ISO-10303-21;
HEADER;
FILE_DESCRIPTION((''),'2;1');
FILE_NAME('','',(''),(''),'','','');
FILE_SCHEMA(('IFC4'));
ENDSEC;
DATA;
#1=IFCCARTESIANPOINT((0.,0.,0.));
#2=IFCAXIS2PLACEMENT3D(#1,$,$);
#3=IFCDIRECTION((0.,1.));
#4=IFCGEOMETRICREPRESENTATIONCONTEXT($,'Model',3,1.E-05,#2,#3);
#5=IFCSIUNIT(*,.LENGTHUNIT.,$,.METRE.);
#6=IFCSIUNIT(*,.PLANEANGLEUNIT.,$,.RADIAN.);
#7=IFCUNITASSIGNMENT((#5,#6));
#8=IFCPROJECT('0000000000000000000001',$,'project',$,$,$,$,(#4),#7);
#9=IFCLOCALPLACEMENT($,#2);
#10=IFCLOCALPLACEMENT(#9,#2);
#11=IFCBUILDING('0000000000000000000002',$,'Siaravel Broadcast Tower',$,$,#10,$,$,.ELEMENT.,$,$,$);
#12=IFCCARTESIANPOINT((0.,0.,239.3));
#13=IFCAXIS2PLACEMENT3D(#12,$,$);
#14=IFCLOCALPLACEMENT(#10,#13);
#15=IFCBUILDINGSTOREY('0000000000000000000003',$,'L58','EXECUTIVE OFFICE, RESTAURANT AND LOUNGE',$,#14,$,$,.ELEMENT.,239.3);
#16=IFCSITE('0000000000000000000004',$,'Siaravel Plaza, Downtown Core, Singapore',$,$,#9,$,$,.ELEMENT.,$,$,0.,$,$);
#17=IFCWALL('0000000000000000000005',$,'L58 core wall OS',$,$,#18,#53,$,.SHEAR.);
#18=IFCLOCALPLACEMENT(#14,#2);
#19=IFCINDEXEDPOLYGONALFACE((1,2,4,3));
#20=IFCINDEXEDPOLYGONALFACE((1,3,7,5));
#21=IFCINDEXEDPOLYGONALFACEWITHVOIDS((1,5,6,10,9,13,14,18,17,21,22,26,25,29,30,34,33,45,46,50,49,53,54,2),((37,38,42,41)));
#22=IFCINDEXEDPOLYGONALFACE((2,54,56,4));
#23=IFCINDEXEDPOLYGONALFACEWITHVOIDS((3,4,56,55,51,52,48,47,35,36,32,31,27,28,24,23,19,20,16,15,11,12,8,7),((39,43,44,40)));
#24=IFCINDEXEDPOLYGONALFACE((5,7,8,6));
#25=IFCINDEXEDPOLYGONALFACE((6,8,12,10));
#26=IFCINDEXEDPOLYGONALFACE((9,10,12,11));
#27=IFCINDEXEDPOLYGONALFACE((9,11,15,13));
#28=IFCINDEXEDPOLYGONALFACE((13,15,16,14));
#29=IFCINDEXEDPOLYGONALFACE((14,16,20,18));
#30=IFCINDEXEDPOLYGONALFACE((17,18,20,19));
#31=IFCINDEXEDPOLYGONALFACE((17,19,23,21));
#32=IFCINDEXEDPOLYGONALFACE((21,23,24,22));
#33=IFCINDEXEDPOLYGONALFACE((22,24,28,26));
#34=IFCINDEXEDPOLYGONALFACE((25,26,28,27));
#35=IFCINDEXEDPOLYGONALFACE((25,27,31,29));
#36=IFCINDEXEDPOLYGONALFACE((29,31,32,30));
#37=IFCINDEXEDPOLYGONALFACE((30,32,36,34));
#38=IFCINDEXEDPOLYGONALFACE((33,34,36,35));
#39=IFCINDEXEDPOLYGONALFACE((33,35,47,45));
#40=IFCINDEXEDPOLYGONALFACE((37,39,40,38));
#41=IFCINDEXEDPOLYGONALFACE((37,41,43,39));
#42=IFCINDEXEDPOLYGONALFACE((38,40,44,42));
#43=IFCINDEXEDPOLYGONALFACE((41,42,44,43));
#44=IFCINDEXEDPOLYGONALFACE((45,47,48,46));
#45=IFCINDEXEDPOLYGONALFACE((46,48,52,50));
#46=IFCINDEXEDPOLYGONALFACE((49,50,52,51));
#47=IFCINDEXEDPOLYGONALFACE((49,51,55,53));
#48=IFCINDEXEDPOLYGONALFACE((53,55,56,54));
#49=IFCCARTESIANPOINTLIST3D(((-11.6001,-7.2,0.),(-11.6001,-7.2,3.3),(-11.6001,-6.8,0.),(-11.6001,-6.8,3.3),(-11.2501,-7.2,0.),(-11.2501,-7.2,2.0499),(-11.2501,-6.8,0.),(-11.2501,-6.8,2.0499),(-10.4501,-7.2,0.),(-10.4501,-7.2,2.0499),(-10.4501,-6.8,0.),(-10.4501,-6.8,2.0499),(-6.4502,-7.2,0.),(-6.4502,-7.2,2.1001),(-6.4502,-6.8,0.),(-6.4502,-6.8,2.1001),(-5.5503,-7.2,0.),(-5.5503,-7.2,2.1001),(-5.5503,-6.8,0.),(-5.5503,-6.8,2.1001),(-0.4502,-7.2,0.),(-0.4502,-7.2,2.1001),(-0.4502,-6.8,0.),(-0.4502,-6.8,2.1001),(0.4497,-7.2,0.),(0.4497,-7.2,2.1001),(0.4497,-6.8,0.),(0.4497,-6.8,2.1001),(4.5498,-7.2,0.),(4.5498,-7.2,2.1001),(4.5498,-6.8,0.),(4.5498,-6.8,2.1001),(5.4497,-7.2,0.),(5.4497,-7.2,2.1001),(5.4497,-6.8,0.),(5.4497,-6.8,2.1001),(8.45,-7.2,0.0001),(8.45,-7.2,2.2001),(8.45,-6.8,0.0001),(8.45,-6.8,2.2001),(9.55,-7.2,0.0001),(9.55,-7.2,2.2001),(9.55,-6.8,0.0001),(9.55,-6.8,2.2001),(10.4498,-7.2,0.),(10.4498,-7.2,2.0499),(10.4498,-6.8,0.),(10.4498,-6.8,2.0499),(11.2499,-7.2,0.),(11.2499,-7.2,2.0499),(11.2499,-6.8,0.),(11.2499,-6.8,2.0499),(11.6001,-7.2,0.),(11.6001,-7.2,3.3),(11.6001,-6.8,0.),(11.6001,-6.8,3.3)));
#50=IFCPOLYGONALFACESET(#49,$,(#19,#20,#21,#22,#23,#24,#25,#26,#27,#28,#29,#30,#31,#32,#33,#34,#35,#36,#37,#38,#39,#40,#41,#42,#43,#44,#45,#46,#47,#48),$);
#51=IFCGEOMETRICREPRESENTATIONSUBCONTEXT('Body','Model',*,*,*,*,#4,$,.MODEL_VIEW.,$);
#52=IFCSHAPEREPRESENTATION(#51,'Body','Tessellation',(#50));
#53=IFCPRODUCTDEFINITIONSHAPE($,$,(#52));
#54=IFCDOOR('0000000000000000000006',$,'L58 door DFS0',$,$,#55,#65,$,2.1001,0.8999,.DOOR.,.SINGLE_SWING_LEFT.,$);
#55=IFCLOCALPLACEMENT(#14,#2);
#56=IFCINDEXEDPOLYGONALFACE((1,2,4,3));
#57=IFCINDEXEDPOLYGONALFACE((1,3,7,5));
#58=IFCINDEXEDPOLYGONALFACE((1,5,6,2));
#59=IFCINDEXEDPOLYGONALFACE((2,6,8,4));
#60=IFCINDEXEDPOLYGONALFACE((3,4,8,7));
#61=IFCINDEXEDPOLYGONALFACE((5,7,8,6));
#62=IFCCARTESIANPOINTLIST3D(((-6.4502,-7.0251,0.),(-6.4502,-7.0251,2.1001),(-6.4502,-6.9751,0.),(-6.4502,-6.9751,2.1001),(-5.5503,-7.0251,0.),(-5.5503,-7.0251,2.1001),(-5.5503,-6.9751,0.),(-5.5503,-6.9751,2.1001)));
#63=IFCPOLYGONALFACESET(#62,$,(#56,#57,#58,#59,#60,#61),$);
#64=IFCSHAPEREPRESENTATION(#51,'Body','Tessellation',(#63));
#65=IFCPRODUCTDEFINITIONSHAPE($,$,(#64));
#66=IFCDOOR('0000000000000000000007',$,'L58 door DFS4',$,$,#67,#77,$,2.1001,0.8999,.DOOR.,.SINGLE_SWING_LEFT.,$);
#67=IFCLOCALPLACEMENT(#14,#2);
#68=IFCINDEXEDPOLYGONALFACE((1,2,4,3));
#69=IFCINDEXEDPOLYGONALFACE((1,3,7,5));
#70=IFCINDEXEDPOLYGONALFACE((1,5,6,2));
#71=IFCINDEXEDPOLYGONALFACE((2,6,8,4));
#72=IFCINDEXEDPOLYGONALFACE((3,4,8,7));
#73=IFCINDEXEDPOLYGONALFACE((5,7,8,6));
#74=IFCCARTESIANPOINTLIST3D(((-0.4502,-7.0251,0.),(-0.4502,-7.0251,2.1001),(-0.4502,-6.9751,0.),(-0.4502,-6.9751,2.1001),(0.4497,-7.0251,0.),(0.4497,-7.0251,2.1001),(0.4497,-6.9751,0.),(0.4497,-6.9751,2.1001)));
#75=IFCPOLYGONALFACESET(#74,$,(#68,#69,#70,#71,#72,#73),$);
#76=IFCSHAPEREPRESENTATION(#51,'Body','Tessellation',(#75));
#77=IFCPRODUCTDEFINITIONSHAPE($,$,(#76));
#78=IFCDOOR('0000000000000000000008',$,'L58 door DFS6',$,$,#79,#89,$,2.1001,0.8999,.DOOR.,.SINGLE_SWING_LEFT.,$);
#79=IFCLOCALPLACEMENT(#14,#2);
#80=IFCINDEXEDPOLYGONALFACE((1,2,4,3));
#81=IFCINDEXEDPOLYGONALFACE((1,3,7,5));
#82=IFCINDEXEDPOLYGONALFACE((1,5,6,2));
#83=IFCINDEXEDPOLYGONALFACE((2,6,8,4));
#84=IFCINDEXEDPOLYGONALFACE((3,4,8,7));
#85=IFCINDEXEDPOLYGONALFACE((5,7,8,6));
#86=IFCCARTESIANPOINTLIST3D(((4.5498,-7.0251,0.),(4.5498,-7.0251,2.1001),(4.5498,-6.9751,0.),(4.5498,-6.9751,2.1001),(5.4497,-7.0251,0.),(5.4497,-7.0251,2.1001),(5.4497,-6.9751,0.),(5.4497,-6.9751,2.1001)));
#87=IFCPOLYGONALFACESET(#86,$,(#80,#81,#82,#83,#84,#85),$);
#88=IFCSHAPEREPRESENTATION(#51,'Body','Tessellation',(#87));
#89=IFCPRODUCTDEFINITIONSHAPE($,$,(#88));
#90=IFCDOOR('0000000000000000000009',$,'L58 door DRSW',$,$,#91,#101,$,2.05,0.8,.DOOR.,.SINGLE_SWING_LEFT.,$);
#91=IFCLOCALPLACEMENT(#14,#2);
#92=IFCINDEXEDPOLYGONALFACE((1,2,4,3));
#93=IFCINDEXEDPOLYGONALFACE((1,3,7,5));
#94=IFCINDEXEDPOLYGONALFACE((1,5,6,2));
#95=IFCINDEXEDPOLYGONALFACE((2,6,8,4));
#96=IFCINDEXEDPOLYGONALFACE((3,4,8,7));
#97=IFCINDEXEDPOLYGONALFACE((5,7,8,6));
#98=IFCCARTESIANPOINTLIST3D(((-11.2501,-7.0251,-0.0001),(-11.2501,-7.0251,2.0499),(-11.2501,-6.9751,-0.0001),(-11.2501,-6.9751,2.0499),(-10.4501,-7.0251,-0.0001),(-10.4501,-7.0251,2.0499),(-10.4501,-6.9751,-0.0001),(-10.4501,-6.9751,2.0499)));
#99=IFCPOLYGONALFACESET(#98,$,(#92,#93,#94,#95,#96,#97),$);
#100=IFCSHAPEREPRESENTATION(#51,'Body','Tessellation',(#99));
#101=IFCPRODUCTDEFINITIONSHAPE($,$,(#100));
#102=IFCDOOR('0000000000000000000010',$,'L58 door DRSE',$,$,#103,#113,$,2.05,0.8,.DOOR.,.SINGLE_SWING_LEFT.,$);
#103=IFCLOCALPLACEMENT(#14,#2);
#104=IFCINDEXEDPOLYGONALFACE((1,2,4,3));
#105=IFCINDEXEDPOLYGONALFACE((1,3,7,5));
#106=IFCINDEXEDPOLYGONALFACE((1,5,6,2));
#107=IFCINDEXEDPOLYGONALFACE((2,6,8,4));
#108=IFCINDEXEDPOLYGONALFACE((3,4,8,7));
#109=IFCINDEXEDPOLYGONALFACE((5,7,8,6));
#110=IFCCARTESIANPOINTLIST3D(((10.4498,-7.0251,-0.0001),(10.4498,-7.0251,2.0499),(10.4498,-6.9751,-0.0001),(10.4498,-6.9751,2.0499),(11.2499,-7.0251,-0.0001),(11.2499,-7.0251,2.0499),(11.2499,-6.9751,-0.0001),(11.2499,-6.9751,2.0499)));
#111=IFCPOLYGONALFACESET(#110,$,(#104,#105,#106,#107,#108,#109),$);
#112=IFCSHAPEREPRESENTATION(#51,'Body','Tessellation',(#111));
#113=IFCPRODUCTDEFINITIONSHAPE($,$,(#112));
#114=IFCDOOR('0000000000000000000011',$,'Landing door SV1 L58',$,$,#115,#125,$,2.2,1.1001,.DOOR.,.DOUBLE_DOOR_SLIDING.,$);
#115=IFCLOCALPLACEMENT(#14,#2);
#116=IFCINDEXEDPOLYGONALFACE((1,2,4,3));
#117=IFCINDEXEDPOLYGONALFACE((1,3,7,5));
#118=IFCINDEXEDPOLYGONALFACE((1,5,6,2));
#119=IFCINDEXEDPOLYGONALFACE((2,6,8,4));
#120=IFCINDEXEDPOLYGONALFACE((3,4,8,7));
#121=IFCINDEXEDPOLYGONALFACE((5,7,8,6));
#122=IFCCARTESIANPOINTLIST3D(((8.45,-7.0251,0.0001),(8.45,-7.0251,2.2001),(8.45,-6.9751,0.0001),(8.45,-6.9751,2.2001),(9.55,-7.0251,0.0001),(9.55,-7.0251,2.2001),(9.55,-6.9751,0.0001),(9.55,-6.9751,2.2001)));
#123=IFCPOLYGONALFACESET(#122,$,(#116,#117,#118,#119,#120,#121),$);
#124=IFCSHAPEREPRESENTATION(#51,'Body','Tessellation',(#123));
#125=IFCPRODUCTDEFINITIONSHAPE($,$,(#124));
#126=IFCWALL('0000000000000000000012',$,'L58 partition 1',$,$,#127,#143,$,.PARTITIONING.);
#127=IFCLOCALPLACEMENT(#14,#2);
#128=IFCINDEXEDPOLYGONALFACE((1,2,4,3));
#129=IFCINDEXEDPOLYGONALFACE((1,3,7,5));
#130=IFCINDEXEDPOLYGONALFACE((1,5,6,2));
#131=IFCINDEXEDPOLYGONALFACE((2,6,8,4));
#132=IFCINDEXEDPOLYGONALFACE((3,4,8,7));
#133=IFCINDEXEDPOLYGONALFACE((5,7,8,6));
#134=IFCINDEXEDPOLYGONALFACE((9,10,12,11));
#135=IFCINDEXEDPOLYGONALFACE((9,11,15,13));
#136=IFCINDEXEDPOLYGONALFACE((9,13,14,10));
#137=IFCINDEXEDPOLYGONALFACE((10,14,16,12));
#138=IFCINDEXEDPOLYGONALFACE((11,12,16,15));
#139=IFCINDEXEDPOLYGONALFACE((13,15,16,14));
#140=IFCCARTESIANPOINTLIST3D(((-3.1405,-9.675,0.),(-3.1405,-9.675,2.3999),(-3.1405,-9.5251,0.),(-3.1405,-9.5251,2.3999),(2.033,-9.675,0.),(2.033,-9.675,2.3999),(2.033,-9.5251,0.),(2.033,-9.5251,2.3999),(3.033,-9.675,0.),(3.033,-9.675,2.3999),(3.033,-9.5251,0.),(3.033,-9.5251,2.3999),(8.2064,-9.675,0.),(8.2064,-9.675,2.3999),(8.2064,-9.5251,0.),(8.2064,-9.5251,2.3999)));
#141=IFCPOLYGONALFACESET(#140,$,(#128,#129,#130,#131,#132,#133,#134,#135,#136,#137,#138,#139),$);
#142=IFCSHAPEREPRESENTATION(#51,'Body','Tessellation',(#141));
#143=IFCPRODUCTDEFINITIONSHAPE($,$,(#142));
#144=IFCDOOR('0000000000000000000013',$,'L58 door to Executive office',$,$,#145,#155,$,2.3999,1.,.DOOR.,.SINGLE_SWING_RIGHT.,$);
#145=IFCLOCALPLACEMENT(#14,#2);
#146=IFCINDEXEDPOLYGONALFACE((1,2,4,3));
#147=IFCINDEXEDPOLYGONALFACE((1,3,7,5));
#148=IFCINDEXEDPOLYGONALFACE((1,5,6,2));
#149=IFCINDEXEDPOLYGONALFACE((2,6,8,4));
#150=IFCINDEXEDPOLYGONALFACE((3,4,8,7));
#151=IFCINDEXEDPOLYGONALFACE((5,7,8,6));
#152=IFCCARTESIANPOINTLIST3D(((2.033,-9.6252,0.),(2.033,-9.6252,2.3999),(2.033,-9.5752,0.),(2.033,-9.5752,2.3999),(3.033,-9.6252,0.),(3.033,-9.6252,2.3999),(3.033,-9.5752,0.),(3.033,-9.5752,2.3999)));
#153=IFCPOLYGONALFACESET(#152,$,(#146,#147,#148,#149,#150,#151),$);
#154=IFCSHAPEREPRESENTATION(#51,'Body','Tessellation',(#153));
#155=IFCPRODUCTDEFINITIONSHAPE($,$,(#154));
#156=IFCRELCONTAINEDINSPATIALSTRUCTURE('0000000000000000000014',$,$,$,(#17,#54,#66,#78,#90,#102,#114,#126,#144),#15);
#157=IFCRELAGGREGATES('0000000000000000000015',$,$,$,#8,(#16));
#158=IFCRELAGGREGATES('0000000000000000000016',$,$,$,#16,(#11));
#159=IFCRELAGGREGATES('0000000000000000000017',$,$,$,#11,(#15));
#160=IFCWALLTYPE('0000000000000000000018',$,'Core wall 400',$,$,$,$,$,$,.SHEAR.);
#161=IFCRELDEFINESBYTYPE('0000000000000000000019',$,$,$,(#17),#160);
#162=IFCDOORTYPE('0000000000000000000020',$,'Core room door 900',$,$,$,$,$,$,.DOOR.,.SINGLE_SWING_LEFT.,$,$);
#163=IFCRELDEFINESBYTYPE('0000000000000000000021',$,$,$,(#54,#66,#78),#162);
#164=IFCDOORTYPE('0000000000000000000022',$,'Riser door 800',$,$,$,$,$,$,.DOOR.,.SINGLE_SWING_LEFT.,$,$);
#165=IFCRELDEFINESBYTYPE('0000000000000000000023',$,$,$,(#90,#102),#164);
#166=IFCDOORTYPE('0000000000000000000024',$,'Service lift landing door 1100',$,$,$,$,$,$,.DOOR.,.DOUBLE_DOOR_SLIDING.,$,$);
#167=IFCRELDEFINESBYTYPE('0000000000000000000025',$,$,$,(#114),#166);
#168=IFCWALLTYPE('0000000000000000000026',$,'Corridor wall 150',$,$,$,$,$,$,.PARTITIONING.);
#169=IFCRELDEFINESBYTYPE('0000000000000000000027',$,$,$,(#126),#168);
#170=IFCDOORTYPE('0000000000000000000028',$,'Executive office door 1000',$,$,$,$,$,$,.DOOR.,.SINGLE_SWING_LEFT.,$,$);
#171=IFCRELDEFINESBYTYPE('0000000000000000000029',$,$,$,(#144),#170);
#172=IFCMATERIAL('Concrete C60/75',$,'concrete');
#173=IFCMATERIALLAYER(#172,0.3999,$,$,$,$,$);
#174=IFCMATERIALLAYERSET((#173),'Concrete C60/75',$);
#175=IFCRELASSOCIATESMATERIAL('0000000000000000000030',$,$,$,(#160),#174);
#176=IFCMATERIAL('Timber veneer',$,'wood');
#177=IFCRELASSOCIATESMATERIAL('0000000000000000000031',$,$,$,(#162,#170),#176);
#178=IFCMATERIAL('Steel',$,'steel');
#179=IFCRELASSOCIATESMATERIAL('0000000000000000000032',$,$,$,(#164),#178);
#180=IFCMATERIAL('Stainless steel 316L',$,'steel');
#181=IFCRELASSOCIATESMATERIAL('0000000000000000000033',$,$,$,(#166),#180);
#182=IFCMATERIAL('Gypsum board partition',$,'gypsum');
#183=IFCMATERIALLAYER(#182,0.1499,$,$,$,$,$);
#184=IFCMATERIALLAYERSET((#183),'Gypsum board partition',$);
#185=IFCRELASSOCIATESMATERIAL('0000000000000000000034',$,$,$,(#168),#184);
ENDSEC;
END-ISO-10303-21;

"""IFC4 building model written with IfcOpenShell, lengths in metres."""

from ifc_helpers import new_model, si_unit, direction, frame, frame_2d, origin, place, context, subcontext, project, spatial, rectangle, extrude, material, layer, layer_set, type_object, element, fill, save


model = new_model("IFC4")

# Units and contexts
model_context = context("Model", 3, precision=1e-05, world=origin(), true_north=direction((0.0, 1.0)))
body_context = subcontext(model_context, "Body", "Model", "MODEL_VIEW")
ifc_project = project(units=[si_unit("LENGTHUNIT", "METRE"), si_unit("PLANEANGLEUNIT", "RADIAN")], contexts=[model_context])

# Site, building, storey
site_placement = place(None, origin())
site = spatial("IfcSite", under=ifc_project, at=site_placement, Name="Siaravel Plaza, Downtown Core, Singapore", CompositionType="ELEMENT", RefElevation=0.0)
building_placement = place(site_placement, origin())
building = spatial("IfcBuilding", under=site, at=building_placement, Name="Siaravel Broadcast Tower", CompositionType="ELEMENT")
storey_placement = place(building_placement, frame((0.0, 0.0, 239.3)))
storey = spatial("IfcBuildingStorey", under=building, at=storey_placement, Name="L58", Description="EXECUTIVE OFFICE, RESTAURANT AND LOUNGE", CompositionType="ELEMENT", Elevation=239.3)

# Shared definitions
ifc_material_1 = material(Name="Concrete C60/75", Category="concrete")
ifc_layer_1 = layer(ifc_material_1, 0.3999)
ifc_layer_set_1 = layer_set([ifc_layer_1], Name="Concrete C60/75")
wall_type_1 = type_object("IfcWallType", Name="Core wall 400", PredefinedType="SHEAR", material=ifc_layer_set_1)
ifc_material_2 = material(Name="Steel", Category="steel")

# Wall, openings, doors
wall_1_placement = place(storey_placement, frame((-11.6001, -7.0, 0.0), z_axis=(0.0, 0.0, 1.0), x_axis=(1.0, 0.0, 0.0)))
wall_1 = element("IfcWall", 1, at=wall_1_placement, inside=storey, type_object=wall_type_1, Name="L58 core wall OS", PredefinedType="SHEAR", context=body_context, shape_type="SweptSolid", body=[
    extrude(rectangle(XDim=23.2002, YDim=0.3999, at=frame_2d((11.6001, 0.0))), origin(), (0.0, 0.0, 1.0), 3.3),
])
opening_1_placement = place(wall_1_placement, frame((20.05, 0.0, 0.0)))
opening_1 = element("IfcOpeningElement", 2, at=opening_1_placement, cuts=wall_1, PredefinedType="OPENING", context=body_context, shape_type="SweptSolid", body=[
    extrude(rectangle(XDim=1.1001, YDim=2.2, at=frame_2d((0.55, 1.1001))), frame((0.0, 0.21, 0.0), z_axis=(0.0, -1.0, 0.0), x_axis=(1.0, 0.0, 0.0)), (0.0, 0.0, 1.0), 0.4199),
])
opening_2_placement = place(wall_1_placement, frame((5.1499, 0.0, 0.0)))
opening_2 = element("IfcOpeningElement", 3, at=opening_2_placement, cuts=wall_1, PredefinedType="OPENING", context=body_context, shape_type="SweptSolid", body=[
    extrude(rectangle(XDim=0.8999, YDim=2.1001, at=frame_2d((0.45, 1.05))), frame((0.0, 0.21, 0.0), z_axis=(0.0, -1.0, 0.0), x_axis=(1.0, 0.0, 0.0)), (0.0, 0.0, 1.0), 0.4199),
])
opening_3_placement = place(wall_1_placement, frame((11.1499, 0.0, 0.0)))
opening_3 = element("IfcOpeningElement", 4, at=opening_3_placement, cuts=wall_1, PredefinedType="OPENING", context=body_context, shape_type="SweptSolid", body=[
    extrude(rectangle(XDim=0.8999, YDim=2.1001, at=frame_2d((0.45, 1.05))), frame((0.0, 0.21, 0.0), z_axis=(0.0, -1.0, 0.0), x_axis=(1.0, 0.0, 0.0)), (0.0, 0.0, 1.0), 0.4199),
])
opening_4_placement = place(wall_1_placement, frame((16.1499, 0.0, 0.0)))
opening_4 = element("IfcOpeningElement", 5, at=opening_4_placement, cuts=wall_1, PredefinedType="OPENING", context=body_context, shape_type="SweptSolid", body=[
    extrude(rectangle(XDim=0.8999, YDim=2.1001, at=frame_2d((0.45, 1.05))), frame((0.0, 0.21, 0.0), z_axis=(0.0, -1.0, 0.0), x_axis=(1.0, 0.0, 0.0)), (0.0, 0.0, 1.0), 0.4199),
])
opening_5_placement = place(wall_1_placement, frame((0.3501, 0.0, 0.0)))
opening_5 = element("IfcOpeningElement", 6, at=opening_5_placement, cuts=wall_1, PredefinedType="OPENING", context=body_context, shape_type="SweptSolid", body=[
    extrude(rectangle(XDim=0.8, YDim=2.05, at=frame_2d((0.3999, 1.0249))), frame((0.0, 0.21, 0.0), z_axis=(0.0, -1.0, 0.0), x_axis=(1.0, 0.0, 0.0)), (0.0, 0.0, 1.0), 0.4199),
])
opening_6_placement = place(wall_1_placement, frame((22.05, 0.0, 0.0)))
opening_6 = element("IfcOpeningElement", 7, at=opening_6_placement, cuts=wall_1, PredefinedType="OPENING", context=body_context, shape_type="SweptSolid", body=[
    extrude(rectangle(XDim=0.8, YDim=2.05, at=frame_2d((0.3999, 1.0249))), frame((0.0, 0.21, 0.0), z_axis=(0.0, -1.0, 0.0), x_axis=(1.0, 0.0, 0.0)), (0.0, 0.0, 1.0), 0.4199),
])
ifc_material_3 = material(Name="Timber veneer", Category="wood")
door_type_1 = type_object("IfcDoorType", Name="Core room door 900", OperationType="SINGLE_SWING_LEFT", PredefinedType="DOOR", material=ifc_material_3)
door_1_placement = place(opening_2_placement, origin())
door_1 = element("IfcDoor", 8, at=door_1_placement, inside=storey, type_object=door_type_1, Name="L58 door DFS0", OperationType="SINGLE_SWING_LEFT", OverallHeight=2.1001, OverallWidth=0.8999, PredefinedType="DOOR", context=body_context, shape_type="SweptSolid", body=[
    extrude(rectangle(XDim=0.8999, YDim=2.1001, at=frame_2d((0.45, 1.05))), frame((0.0, 0.0249, 0.0), z_axis=(0.0, -1.0, 0.0), x_axis=(1.0, 0.0, 0.0)), (0.0, 0.0, 1.0), 0.05),
])
fill(opening_2, door_1)
door_2_placement = place(opening_3_placement, origin())
door_2 = element("IfcDoor", 9, at=door_2_placement, inside=storey, type_object=door_type_1, Name="L58 door DFS4", OperationType="SINGLE_SWING_LEFT", OverallHeight=2.1001, OverallWidth=0.8999, PredefinedType="DOOR", context=body_context, shape_type="SweptSolid", body=[
    extrude(rectangle(XDim=0.8999, YDim=2.1001, at=frame_2d((0.45, 1.05))), frame((0.0, 0.0249, 0.0), z_axis=(0.0, -1.0, 0.0), x_axis=(1.0, 0.0, 0.0)), (0.0, 0.0, 1.0), 0.05),
])
fill(opening_3, door_2)
door_3_placement = place(opening_4_placement, origin())
door_3 = element("IfcDoor", 10, at=door_3_placement, inside=storey, type_object=door_type_1, Name="L58 door DFS6", OperationType="SINGLE_SWING_LEFT", OverallHeight=2.1001, OverallWidth=0.8999, PredefinedType="DOOR", context=body_context, shape_type="SweptSolid", body=[
    extrude(rectangle(XDim=0.8999, YDim=2.1001, at=frame_2d((0.45, 1.05))), frame((0.0, 0.0249, 0.0), z_axis=(0.0, -1.0, 0.0), x_axis=(1.0, 0.0, 0.0)), (0.0, 0.0, 1.0), 0.05),
])
fill(opening_4, door_3)
door_type_2 = type_object("IfcDoorType", Name="Riser door 800", OperationType="SINGLE_SWING_LEFT", PredefinedType="DOOR", material=ifc_material_2)
door_4_placement = place(opening_5_placement, origin())
door_4 = element("IfcDoor", 11, at=door_4_placement, inside=storey, type_object=door_type_2, Name="L58 door DRSW", OperationType="SINGLE_SWING_LEFT", OverallHeight=2.05, OverallWidth=0.8, PredefinedType="DOOR", context=body_context, shape_type="SweptSolid", body=[
    extrude(rectangle(XDim=0.8, YDim=2.05, at=frame_2d((0.3999, 1.0249))), frame((0.0, 0.0249, 0.0), z_axis=(0.0, -1.0, 0.0), x_axis=(1.0, 0.0, 0.0)), (0.0, 0.0, 1.0), 0.05),
])
fill(opening_5, door_4)
door_5_placement = place(opening_6_placement, origin())
door_5 = element("IfcDoor", 12, at=door_5_placement, inside=storey, type_object=door_type_2, Name="L58 door DRSE", OperationType="SINGLE_SWING_LEFT", OverallHeight=2.05, OverallWidth=0.8, PredefinedType="DOOR", context=body_context, shape_type="SweptSolid", body=[
    extrude(rectangle(XDim=0.8, YDim=2.05, at=frame_2d((0.3999, 1.0249))), frame((0.0, 0.0249, 0.0), z_axis=(0.0, -1.0, 0.0), x_axis=(1.0, 0.0, 0.0)), (0.0, 0.0, 1.0), 0.05),
])
fill(opening_6, door_5)
ifc_material_4 = material(Name="Stainless steel 316L", Category="steel")
door_type_3 = type_object("IfcDoorType", Name="Service lift landing door 1100", OperationType="DOUBLE_DOOR_SLIDING", PredefinedType="DOOR", material=ifc_material_4)
door_6_placement = place(opening_1_placement, origin())
door_6 = element("IfcDoor", 13, at=door_6_placement, inside=storey, type_object=door_type_3, Name="Landing door SV1 L58", OperationType="DOUBLE_DOOR_SLIDING", OverallHeight=2.2, OverallWidth=1.1001, PredefinedType="DOOR", context=body_context, shape_type="SweptSolid", body=[
    extrude(rectangle(XDim=1.1001, YDim=2.2, at=frame_2d((0.55, 1.1001))), frame((0.0, 0.0249, 0.0), z_axis=(0.0, -1.0, 0.0), x_axis=(1.0, 0.0, 0.0)), (0.0, 0.0, 1.0), 0.05),
])
fill(opening_1, door_6)

# Wall, opening, door
ifc_material_5 = material(Name="Gypsum board partition", Category="gypsum")
ifc_layer_2 = layer(ifc_material_5, 0.1499)
ifc_layer_set_2 = layer_set([ifc_layer_2], Name="Gypsum board partition")
wall_type_2 = type_object("IfcWallType", Name="Corridor wall 150", PredefinedType="PARTITIONING", material=ifc_layer_set_2)
wall_2_placement = place(storey_placement, frame((-3.1404, -9.6001, 0.0), z_axis=(0.0, 0.0, 1.0), x_axis=(1.0, 0.0, 0.0)))
wall_2 = element("IfcWall", 14, at=wall_2_placement, inside=storey, type_object=wall_type_2, Name="L58 partition 1", PredefinedType="PARTITIONING", context=body_context, shape_type="SweptSolid", body=[
    extrude(rectangle(XDim=11.3469, YDim=0.1499, at=frame_2d((5.6733, 0.0))), origin(), (0.0, 0.0, 1.0), 2.3999),
])
opening_7_placement = place(wall_2_placement, frame((5.1733, 0.0, 0.0)))
opening_7 = element("IfcOpeningElement", 15, at=opening_7_placement, cuts=wall_2, PredefinedType="OPENING", context=body_context, shape_type="SweptSolid", body=[
    extrude(rectangle(XDim=1.0, YDim=2.3999, at=frame_2d((0.5, 1.2))), frame((0.0, 0.085, 0.0), z_axis=(0.0, -1.0, 0.0), x_axis=(1.0, 0.0, 0.0)), (0.0, 0.0, 1.0), 0.1699),
])
door_type_4 = type_object("IfcDoorType", Name="Executive office door 1000", OperationType="SINGLE_SWING_LEFT", PredefinedType="DOOR", material=ifc_material_3)
door_7_placement = place(opening_7_placement, origin())
door_7 = element("IfcDoor", 16, at=door_7_placement, inside=storey, type_object=door_type_4, Name="L58 door to Executive office", OperationType="SINGLE_SWING_RIGHT", OverallHeight=2.3999, OverallWidth=1.0, PredefinedType="DOOR", context=body_context, shape_type="SweptSolid", body=[
    extrude(rectangle(XDim=1.0, YDim=2.3999, at=frame_2d((0.5, 1.2))), frame((0.0, 0.0249, 0.0), z_axis=(0.0, -1.0, 0.0), x_axis=(1.0, 0.0, 0.0)), (0.0, 0.0, 1.0), 0.05),
])
fill(opening_7, door_7)

save(model, "model.ifc")
